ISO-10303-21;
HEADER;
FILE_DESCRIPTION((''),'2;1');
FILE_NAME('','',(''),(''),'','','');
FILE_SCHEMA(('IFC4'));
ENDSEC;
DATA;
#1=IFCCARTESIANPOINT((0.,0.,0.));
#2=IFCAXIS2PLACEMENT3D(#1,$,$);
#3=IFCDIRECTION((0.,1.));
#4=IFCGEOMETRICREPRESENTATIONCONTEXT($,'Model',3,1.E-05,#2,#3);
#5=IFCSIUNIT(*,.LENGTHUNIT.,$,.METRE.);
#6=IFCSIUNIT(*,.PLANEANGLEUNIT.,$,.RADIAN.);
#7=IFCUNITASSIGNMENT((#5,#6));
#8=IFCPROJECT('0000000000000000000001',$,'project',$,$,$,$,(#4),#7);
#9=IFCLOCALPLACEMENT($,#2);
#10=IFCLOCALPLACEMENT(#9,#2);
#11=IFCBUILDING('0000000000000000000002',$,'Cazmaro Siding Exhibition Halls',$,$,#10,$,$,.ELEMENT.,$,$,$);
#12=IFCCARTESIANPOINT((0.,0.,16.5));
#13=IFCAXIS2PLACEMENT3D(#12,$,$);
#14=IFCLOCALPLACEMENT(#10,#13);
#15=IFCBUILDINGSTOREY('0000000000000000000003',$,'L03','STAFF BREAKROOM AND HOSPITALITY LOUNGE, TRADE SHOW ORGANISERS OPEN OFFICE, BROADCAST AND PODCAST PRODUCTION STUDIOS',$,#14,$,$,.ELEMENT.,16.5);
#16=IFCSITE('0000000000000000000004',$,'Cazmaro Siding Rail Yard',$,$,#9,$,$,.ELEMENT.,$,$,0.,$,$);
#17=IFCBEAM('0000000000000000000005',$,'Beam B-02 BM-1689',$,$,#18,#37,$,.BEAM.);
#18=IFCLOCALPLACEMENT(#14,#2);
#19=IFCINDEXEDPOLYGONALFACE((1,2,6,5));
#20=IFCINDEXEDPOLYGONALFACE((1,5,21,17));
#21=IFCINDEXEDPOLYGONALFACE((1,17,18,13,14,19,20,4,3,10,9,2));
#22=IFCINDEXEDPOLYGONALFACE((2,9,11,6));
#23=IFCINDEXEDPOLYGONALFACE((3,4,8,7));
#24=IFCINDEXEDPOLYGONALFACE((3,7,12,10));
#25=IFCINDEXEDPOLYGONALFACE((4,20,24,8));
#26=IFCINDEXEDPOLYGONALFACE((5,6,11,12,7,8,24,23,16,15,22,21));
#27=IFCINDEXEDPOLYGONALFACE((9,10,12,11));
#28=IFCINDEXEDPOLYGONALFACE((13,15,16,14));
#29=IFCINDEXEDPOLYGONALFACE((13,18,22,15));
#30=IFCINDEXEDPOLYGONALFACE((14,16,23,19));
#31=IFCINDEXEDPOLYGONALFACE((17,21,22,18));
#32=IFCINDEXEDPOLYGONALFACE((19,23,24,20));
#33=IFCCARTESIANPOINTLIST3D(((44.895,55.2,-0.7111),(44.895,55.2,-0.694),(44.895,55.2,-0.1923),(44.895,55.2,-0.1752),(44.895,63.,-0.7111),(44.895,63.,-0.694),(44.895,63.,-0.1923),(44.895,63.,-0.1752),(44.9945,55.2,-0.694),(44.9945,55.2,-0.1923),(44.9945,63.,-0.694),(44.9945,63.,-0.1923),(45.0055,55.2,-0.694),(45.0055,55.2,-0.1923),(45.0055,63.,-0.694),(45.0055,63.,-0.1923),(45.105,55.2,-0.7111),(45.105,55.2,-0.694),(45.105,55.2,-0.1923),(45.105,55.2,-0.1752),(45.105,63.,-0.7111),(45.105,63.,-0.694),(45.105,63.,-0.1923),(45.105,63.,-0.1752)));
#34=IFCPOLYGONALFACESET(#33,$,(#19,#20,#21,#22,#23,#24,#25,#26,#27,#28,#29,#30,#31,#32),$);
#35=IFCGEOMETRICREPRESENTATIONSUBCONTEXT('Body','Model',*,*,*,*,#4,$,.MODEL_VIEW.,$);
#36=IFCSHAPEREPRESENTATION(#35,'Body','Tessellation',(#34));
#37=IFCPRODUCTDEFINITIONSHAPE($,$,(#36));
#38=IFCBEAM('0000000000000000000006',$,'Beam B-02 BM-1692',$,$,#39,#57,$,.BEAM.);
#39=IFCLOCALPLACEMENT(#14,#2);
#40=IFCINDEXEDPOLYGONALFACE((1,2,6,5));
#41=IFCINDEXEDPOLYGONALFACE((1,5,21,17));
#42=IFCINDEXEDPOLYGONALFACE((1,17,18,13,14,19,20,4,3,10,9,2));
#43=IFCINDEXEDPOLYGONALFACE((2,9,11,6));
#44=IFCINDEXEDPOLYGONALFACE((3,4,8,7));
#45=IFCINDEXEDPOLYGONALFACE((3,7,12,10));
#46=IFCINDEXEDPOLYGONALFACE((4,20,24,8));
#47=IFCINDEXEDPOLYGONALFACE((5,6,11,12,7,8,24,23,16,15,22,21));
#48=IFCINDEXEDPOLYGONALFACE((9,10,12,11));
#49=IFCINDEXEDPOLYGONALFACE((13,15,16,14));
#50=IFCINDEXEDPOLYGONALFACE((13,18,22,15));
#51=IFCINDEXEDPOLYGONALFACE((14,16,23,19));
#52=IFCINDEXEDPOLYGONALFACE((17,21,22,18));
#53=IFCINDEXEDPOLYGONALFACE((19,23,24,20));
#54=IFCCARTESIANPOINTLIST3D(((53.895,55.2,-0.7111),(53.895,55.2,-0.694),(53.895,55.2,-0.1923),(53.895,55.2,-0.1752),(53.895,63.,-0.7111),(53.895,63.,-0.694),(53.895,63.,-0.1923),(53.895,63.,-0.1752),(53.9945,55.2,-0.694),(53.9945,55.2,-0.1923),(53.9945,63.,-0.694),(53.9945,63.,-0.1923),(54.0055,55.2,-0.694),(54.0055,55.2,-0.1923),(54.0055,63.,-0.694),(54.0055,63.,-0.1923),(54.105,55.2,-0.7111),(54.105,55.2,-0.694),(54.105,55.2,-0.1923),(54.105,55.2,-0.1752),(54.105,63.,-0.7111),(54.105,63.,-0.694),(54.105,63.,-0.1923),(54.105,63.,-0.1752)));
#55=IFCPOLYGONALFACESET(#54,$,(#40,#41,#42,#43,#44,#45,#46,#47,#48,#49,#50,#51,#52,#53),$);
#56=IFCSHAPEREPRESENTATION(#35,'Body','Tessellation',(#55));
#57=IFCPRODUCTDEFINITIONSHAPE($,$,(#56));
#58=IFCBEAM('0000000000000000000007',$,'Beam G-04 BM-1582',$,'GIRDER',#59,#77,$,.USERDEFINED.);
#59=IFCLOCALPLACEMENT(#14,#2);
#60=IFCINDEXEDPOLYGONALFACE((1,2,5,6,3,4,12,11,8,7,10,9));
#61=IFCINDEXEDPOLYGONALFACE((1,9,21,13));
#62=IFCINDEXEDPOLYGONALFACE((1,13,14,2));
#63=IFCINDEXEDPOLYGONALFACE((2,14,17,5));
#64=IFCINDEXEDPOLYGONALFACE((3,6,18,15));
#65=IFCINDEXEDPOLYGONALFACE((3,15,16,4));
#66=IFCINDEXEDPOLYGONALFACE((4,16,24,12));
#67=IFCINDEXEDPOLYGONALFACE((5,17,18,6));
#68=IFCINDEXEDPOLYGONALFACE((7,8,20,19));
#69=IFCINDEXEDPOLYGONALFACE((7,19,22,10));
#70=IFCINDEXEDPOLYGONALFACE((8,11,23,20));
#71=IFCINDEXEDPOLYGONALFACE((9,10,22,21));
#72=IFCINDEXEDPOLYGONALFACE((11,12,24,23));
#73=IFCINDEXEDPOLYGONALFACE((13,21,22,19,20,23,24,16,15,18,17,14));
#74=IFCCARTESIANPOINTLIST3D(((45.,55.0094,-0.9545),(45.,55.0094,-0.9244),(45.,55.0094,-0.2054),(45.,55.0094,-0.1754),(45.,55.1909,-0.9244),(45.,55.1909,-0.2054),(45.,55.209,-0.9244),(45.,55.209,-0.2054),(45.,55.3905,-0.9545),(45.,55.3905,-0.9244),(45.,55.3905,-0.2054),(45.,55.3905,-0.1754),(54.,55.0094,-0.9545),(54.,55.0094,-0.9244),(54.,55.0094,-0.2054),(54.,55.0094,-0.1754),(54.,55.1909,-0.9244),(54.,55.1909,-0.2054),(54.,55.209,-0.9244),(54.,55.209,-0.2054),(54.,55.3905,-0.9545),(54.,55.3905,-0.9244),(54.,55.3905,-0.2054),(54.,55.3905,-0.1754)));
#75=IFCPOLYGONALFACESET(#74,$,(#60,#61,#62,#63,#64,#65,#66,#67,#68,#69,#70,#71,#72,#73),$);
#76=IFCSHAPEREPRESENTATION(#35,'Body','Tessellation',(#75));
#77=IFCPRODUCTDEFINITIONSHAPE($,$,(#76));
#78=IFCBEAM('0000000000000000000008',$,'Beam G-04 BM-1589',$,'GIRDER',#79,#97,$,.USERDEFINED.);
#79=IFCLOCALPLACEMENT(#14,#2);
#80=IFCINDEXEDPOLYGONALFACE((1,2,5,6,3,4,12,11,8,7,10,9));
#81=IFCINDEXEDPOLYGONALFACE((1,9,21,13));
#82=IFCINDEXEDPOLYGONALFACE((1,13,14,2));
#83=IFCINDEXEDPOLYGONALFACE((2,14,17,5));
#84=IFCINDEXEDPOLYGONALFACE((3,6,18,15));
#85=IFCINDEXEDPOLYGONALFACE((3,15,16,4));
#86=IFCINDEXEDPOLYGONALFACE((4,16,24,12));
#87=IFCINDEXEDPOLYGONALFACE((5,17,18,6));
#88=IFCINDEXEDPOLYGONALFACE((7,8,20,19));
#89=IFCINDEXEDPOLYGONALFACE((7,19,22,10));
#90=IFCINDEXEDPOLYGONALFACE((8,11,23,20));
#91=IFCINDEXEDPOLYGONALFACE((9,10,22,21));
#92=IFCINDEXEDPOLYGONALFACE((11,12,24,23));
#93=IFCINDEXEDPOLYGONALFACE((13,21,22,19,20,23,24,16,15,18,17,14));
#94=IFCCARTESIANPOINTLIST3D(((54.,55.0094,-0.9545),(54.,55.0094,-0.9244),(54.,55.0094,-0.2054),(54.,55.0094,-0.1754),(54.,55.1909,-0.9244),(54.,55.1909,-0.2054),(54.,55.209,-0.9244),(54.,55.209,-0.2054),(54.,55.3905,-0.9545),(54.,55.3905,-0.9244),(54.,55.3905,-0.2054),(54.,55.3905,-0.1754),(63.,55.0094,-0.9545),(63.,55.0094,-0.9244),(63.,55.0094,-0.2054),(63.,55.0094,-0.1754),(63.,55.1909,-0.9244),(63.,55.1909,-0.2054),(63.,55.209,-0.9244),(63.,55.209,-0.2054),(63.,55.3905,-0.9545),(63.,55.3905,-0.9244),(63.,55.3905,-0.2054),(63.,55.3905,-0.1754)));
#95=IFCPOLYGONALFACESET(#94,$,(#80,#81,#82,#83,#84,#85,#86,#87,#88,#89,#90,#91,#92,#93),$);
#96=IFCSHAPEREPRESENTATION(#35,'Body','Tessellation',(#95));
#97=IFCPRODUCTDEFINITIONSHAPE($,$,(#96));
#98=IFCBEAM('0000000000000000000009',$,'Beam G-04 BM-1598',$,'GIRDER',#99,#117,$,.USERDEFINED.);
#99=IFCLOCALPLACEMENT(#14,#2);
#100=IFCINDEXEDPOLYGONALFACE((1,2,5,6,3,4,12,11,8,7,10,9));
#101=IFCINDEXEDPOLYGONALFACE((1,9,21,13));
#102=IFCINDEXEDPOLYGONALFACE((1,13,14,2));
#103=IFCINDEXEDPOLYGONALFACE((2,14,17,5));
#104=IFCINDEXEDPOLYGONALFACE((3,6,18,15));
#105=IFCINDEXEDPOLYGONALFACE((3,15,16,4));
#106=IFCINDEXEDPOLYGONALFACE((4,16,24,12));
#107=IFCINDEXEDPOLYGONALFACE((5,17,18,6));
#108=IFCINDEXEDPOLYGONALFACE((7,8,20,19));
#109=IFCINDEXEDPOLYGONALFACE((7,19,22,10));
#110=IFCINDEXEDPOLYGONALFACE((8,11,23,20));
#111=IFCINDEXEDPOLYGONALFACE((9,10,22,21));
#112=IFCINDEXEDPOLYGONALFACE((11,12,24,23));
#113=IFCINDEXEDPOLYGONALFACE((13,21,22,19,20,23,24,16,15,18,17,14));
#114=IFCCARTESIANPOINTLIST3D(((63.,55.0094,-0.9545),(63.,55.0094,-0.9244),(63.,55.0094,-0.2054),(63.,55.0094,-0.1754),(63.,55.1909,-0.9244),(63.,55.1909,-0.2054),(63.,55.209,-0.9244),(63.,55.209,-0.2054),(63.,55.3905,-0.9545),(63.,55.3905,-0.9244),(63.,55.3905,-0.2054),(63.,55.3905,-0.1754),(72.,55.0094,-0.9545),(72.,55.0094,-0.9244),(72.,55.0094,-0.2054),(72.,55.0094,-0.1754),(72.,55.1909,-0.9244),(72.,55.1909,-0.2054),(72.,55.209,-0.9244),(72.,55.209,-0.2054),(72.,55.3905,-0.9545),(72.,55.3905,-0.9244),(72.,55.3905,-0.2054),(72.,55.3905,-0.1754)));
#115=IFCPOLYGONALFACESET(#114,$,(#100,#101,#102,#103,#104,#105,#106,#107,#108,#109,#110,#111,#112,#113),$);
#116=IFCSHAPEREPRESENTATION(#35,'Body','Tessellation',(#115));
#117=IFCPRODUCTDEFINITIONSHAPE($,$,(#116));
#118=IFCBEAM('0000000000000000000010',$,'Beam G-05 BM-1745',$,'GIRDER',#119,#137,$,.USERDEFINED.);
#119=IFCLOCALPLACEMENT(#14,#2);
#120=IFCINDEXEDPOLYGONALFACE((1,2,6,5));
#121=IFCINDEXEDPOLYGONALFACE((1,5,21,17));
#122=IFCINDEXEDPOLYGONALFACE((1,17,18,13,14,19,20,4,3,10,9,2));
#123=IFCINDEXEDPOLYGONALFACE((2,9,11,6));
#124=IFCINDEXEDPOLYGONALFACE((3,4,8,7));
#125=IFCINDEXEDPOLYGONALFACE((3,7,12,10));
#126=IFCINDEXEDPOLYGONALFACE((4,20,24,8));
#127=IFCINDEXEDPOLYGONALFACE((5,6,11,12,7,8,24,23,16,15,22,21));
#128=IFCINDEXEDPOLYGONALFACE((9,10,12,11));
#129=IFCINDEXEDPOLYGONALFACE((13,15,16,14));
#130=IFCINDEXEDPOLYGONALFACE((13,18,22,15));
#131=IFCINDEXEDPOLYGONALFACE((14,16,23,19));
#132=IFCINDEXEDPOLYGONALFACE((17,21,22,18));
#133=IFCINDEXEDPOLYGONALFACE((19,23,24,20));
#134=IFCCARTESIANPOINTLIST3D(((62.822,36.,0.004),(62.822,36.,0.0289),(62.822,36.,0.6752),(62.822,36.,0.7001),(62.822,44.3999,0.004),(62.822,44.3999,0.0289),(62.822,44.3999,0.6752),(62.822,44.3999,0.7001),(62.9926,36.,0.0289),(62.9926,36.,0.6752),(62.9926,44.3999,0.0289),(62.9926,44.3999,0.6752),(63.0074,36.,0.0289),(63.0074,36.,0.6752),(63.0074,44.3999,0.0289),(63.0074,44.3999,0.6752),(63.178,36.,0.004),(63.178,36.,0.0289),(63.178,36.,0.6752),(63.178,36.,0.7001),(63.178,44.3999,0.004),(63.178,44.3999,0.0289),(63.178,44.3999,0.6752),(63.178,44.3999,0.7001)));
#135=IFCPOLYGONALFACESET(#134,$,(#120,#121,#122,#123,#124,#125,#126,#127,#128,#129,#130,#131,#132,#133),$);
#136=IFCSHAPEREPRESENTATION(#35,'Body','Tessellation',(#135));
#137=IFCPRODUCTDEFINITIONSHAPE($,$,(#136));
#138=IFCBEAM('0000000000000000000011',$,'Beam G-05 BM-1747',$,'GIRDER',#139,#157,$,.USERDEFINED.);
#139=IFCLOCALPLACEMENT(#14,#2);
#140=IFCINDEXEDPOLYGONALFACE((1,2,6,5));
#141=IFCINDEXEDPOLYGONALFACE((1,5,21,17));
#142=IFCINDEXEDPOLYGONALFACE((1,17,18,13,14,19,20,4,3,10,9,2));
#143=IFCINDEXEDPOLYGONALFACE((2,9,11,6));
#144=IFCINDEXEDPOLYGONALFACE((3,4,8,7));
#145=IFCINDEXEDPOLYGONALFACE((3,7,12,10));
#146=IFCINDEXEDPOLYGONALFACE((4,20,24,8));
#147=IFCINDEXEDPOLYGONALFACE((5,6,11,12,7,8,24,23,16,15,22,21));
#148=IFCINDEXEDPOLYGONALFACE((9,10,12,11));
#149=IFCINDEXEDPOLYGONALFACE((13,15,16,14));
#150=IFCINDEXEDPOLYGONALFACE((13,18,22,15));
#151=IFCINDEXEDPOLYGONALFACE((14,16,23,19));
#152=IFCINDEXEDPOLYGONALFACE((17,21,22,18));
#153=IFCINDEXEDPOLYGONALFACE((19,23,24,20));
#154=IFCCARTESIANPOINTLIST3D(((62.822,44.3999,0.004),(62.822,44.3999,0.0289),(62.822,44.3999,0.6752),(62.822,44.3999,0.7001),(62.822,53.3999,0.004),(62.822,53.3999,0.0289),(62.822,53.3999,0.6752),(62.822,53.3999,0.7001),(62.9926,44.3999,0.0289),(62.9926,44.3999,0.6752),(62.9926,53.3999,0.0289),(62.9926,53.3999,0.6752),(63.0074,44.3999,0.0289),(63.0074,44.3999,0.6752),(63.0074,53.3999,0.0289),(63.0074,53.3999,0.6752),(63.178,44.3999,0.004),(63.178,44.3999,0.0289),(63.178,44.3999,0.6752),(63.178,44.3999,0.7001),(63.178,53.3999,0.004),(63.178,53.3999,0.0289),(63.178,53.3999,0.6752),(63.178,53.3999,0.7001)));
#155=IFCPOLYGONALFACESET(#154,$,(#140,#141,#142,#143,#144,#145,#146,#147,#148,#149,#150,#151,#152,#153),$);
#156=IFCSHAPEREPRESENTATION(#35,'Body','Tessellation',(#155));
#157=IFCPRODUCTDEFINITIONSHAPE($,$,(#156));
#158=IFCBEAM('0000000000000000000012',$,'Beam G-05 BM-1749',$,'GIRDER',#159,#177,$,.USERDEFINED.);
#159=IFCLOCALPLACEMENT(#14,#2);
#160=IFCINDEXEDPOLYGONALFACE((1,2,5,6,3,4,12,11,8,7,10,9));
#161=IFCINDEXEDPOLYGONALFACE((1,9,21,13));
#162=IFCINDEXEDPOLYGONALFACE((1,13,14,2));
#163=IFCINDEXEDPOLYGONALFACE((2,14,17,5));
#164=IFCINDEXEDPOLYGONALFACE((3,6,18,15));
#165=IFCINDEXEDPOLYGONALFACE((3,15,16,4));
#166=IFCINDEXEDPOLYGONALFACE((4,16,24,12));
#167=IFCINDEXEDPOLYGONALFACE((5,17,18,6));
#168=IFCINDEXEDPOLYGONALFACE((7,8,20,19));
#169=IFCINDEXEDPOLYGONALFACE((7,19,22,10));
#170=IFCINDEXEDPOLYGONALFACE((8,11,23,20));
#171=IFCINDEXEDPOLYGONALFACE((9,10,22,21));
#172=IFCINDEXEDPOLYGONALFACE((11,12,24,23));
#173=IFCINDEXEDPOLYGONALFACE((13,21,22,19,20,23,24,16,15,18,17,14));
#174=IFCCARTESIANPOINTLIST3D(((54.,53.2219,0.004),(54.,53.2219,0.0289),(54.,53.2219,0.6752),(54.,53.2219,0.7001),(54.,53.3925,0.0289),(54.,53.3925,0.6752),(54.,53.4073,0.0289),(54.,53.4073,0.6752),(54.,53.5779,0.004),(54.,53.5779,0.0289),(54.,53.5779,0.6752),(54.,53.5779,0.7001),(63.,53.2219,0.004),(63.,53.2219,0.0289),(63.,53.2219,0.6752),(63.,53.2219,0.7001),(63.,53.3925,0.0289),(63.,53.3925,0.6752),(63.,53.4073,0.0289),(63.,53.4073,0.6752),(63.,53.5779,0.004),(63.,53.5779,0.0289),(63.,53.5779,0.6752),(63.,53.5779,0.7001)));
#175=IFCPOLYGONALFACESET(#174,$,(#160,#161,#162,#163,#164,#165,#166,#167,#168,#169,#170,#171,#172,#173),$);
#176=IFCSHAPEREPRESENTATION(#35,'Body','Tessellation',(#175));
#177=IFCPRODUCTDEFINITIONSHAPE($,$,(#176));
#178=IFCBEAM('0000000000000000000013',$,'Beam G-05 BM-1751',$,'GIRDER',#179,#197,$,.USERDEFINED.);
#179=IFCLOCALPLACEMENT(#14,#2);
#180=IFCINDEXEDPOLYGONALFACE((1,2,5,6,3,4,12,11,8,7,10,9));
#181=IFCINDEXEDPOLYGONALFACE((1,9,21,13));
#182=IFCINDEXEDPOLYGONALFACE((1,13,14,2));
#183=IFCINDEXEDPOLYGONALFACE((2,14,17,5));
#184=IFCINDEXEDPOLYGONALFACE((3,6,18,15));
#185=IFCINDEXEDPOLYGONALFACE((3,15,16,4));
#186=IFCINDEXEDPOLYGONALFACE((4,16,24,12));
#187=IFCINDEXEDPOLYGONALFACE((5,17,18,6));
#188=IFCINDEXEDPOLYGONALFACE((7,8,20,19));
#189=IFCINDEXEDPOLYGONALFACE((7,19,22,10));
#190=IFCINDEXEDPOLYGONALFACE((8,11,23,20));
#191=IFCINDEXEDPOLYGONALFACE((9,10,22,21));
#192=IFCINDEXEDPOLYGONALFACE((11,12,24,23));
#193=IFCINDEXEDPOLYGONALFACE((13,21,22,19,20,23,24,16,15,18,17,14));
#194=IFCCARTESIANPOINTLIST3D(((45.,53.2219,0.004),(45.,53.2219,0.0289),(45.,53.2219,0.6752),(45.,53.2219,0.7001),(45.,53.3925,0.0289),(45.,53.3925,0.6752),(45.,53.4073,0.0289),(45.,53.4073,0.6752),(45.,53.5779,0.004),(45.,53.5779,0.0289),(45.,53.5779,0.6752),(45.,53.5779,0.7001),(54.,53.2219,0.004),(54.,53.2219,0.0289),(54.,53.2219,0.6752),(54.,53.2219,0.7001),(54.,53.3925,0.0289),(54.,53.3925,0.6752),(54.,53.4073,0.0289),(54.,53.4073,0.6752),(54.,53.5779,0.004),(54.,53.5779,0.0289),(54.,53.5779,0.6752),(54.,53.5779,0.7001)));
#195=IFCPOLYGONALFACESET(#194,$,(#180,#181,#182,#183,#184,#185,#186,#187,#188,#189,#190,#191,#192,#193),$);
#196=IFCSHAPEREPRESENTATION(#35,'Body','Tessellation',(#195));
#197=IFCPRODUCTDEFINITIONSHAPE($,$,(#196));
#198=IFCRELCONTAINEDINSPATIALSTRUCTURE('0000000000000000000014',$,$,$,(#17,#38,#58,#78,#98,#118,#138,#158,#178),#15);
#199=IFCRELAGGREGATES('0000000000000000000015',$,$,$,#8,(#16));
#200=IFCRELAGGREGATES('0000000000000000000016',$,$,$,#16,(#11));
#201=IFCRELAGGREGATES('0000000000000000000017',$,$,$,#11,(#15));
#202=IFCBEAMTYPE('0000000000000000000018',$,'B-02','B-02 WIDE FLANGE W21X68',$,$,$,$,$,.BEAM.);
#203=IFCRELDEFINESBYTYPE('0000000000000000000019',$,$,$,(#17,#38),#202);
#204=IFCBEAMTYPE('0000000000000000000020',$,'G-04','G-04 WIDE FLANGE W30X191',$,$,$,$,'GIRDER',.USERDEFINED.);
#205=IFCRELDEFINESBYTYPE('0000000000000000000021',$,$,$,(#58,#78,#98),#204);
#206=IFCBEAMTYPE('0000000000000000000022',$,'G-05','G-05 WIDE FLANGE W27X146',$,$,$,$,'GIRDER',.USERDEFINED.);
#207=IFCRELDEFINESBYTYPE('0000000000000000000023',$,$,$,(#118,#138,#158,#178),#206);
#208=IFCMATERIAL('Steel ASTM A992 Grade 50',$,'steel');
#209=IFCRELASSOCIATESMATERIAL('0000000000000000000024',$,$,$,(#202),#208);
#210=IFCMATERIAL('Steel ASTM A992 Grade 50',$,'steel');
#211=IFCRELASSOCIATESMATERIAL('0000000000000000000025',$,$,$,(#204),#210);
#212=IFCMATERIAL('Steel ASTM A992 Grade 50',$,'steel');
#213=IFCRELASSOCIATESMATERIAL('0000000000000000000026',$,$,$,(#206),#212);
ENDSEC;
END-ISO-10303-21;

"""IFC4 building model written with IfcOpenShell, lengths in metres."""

from ifc_helpers import new_model, si_unit, direction, frame, origin, origin_2d, place, context, subcontext, project, spatial, i_section, extrude, material, material_profile, profile_set, type_object, element, save


model = new_model("IFC4")

# Units and contexts
model_context = context("Model", 3, precision=1e-05, world=origin(), true_north=direction((0.0, 1.0)))
body_context = subcontext(model_context, "Body", "Model", "MODEL_VIEW")
ifc_project = project(units=[si_unit("LENGTHUNIT", "METRE"), si_unit("PLANEANGLEUNIT", "RADIAN")], contexts=[model_context])

# Site, building, storey
site_placement = place(None, origin())
site = spatial("IfcSite", under=ifc_project, at=site_placement, Name="Cazmaro Siding Rail Yard", CompositionType="ELEMENT", RefElevation=0.0)
building_placement = place(site_placement, origin())
building = spatial("IfcBuilding", under=site, at=building_placement, Name="Cazmaro Siding Exhibition Halls", CompositionType="ELEMENT")
storey_placement = place(building_placement, frame((0.0, 0.0, 16.5)))
storey = spatial("IfcBuildingStorey", under=building, at=storey_placement, Name="L03", Description="STAFF BREAKROOM AND HOSPITALITY LOUNGE, TRADE SHOW ORGANISERS OPEN OFFICE, BROADCAST AND PODCAST PRODUCTION STUDIOS", CompositionType="ELEMENT", Elevation=16.5)

# Beams
ifc_material_1 = material(Name="Steel ASTM A992 Grade 50", Category="steel")
ifc_material_profile_1 = material_profile(ifc_material_1, i_section(OverallWidth=0.21, OverallDepth=0.5359, WebThickness=0.011, FlangeThickness=0.0171, at=origin_2d()), Name="W21X68")
ifc_profile_set_1 = profile_set([ifc_material_profile_1], Name="Steel ASTM A992 Grade 50")
beam_type_1 = type_object("IfcBeamType", Name="B-02", Description="B-02 WIDE FLANGE W21X68", PredefinedType="BEAM", material=ifc_profile_set_1)
for number, where, z_axis, x_axis, name in (
    (1, (45.0, 55.2, -0.4431), (0.0, 1.0, 0.0), (-1.0, 0.0, 0.0), "Beam B-02 BM-1689"),
    (2, (54.0, 55.2, -0.4431), (0.0, 1.0, 0.0), (-1.0, 0.0, 0.0), "Beam B-02 BM-1692"),
):
    element("IfcBeam", number, at=place(storey_placement, frame(where, z_axis=z_axis, x_axis=x_axis)), inside=storey, type_object=beam_type_1, Name=name, PredefinedType="BEAM", context=body_context, shape_type="SweptSolid", body=[
        extrude(i_section(OverallWidth=0.21, OverallDepth=0.5359, WebThickness=0.011, FlangeThickness=0.0171, at=origin_2d()), origin(), (0.0, 0.0, 1.0), 7.8),
    ])
ifc_material_2 = material(Name="Steel ASTM A992 Grade 50", Category="steel")
ifc_material_profile_2 = material_profile(ifc_material_2, i_section(OverallWidth=0.3811, OverallDepth=0.7791, WebThickness=0.0181, FlangeThickness=0.03, at=origin_2d()), Name="W30X191")
ifc_profile_set_2 = profile_set([ifc_material_profile_2], Name="Steel ASTM A992 Grade 50")
beam_type_2 = type_object("IfcBeamType", Name="G-04", Description="G-04 WIDE FLANGE W30X191", ElementType="GIRDER", PredefinedType="USERDEFINED", material=ifc_profile_set_2)
for number, where, z_axis, x_axis, name in (
    (3, (45.0, 55.2, -0.5649), (1.0, 0.0, 0.0), (0.0, 1.0, 0.0), "Beam G-04 BM-1582"),
    (4, (54.0, 55.2, -0.5649), (1.0, 0.0, 0.0), (0.0, 1.0, 0.0), "Beam G-04 BM-1589"),
    (5, (63.0, 55.2, -0.5649), (1.0, 0.0, 0.0), (0.0, 1.0, 0.0), "Beam G-04 BM-1598"),
):
    element("IfcBeam", number, at=place(storey_placement, frame(where, z_axis=z_axis, x_axis=x_axis)), inside=storey, type_object=beam_type_2, Name=name, ObjectType="GIRDER", PredefinedType="USERDEFINED", context=body_context, shape_type="SweptSolid", body=[
        extrude(i_section(OverallWidth=0.3811, OverallDepth=0.7791, WebThickness=0.0181, FlangeThickness=0.03, at=origin_2d()), origin(), (0.0, 0.0, 1.0), 9.0),
    ])
ifc_material_3 = material(Name="Steel ASTM A992 Grade 50", Category="steel")
ifc_material_profile_3 = material_profile(ifc_material_3, i_section(OverallWidth=0.356, OverallDepth=0.696, WebThickness=0.0149, FlangeThickness=0.0249, at=origin_2d()), Name="W27X146")
ifc_profile_set_3 = profile_set([ifc_material_profile_3], Name="Steel ASTM A992 Grade 50")
beam_type_3 = type_object("IfcBeamType", Name="G-05", Description="G-05 WIDE FLANGE W27X146", ElementType="GIRDER", PredefinedType="USERDEFINED", material=ifc_profile_set_3)
beam_placement = place(storey_placement, frame((63.0, 36.0, 0.3521), z_axis=(0.0, 1.0, 0.0), x_axis=(-1.0, 0.0, 0.0)))
element("IfcBeam", 6, at=beam_placement, inside=storey, type_object=beam_type_3, Name="Beam G-05 BM-1745", ObjectType="GIRDER", PredefinedType="USERDEFINED", context=body_context, shape_type="SweptSolid", body=[
    extrude(i_section(OverallWidth=0.356, OverallDepth=0.696, WebThickness=0.0149, FlangeThickness=0.0249, at=origin_2d()), origin(), (0.0, 0.0, 1.0), 8.3999),
])
for number, where, z_axis, x_axis, name in (
    (7, (63.0, 44.3999, 0.3521), (0.0, 1.0, 0.0), (-1.0, 0.0, 0.0), "Beam G-05 BM-1747"),
    (8, (63.0, 53.3999, 0.3521), (-1.0, 0.0, 0.0), (0.0, -1.0, 0.0), "Beam G-05 BM-1749"),
    (9, (54.0, 53.3999, 0.3521), (-1.0, 0.0, 0.0), (0.0, -1.0, 0.0), "Beam G-05 BM-1751"),
):
    element("IfcBeam", number, at=place(storey_placement, frame(where, z_axis=z_axis, x_axis=x_axis)), inside=storey, type_object=beam_type_3, Name=name, ObjectType="GIRDER", PredefinedType="USERDEFINED", context=body_context, shape_type="SweptSolid", body=[
        extrude(i_section(OverallWidth=0.356, OverallDepth=0.696, WebThickness=0.0149, FlangeThickness=0.0249, at=origin_2d()), origin(), (0.0, 0.0, 1.0), 9.0),
    ])

save(model, "model.ifc")
